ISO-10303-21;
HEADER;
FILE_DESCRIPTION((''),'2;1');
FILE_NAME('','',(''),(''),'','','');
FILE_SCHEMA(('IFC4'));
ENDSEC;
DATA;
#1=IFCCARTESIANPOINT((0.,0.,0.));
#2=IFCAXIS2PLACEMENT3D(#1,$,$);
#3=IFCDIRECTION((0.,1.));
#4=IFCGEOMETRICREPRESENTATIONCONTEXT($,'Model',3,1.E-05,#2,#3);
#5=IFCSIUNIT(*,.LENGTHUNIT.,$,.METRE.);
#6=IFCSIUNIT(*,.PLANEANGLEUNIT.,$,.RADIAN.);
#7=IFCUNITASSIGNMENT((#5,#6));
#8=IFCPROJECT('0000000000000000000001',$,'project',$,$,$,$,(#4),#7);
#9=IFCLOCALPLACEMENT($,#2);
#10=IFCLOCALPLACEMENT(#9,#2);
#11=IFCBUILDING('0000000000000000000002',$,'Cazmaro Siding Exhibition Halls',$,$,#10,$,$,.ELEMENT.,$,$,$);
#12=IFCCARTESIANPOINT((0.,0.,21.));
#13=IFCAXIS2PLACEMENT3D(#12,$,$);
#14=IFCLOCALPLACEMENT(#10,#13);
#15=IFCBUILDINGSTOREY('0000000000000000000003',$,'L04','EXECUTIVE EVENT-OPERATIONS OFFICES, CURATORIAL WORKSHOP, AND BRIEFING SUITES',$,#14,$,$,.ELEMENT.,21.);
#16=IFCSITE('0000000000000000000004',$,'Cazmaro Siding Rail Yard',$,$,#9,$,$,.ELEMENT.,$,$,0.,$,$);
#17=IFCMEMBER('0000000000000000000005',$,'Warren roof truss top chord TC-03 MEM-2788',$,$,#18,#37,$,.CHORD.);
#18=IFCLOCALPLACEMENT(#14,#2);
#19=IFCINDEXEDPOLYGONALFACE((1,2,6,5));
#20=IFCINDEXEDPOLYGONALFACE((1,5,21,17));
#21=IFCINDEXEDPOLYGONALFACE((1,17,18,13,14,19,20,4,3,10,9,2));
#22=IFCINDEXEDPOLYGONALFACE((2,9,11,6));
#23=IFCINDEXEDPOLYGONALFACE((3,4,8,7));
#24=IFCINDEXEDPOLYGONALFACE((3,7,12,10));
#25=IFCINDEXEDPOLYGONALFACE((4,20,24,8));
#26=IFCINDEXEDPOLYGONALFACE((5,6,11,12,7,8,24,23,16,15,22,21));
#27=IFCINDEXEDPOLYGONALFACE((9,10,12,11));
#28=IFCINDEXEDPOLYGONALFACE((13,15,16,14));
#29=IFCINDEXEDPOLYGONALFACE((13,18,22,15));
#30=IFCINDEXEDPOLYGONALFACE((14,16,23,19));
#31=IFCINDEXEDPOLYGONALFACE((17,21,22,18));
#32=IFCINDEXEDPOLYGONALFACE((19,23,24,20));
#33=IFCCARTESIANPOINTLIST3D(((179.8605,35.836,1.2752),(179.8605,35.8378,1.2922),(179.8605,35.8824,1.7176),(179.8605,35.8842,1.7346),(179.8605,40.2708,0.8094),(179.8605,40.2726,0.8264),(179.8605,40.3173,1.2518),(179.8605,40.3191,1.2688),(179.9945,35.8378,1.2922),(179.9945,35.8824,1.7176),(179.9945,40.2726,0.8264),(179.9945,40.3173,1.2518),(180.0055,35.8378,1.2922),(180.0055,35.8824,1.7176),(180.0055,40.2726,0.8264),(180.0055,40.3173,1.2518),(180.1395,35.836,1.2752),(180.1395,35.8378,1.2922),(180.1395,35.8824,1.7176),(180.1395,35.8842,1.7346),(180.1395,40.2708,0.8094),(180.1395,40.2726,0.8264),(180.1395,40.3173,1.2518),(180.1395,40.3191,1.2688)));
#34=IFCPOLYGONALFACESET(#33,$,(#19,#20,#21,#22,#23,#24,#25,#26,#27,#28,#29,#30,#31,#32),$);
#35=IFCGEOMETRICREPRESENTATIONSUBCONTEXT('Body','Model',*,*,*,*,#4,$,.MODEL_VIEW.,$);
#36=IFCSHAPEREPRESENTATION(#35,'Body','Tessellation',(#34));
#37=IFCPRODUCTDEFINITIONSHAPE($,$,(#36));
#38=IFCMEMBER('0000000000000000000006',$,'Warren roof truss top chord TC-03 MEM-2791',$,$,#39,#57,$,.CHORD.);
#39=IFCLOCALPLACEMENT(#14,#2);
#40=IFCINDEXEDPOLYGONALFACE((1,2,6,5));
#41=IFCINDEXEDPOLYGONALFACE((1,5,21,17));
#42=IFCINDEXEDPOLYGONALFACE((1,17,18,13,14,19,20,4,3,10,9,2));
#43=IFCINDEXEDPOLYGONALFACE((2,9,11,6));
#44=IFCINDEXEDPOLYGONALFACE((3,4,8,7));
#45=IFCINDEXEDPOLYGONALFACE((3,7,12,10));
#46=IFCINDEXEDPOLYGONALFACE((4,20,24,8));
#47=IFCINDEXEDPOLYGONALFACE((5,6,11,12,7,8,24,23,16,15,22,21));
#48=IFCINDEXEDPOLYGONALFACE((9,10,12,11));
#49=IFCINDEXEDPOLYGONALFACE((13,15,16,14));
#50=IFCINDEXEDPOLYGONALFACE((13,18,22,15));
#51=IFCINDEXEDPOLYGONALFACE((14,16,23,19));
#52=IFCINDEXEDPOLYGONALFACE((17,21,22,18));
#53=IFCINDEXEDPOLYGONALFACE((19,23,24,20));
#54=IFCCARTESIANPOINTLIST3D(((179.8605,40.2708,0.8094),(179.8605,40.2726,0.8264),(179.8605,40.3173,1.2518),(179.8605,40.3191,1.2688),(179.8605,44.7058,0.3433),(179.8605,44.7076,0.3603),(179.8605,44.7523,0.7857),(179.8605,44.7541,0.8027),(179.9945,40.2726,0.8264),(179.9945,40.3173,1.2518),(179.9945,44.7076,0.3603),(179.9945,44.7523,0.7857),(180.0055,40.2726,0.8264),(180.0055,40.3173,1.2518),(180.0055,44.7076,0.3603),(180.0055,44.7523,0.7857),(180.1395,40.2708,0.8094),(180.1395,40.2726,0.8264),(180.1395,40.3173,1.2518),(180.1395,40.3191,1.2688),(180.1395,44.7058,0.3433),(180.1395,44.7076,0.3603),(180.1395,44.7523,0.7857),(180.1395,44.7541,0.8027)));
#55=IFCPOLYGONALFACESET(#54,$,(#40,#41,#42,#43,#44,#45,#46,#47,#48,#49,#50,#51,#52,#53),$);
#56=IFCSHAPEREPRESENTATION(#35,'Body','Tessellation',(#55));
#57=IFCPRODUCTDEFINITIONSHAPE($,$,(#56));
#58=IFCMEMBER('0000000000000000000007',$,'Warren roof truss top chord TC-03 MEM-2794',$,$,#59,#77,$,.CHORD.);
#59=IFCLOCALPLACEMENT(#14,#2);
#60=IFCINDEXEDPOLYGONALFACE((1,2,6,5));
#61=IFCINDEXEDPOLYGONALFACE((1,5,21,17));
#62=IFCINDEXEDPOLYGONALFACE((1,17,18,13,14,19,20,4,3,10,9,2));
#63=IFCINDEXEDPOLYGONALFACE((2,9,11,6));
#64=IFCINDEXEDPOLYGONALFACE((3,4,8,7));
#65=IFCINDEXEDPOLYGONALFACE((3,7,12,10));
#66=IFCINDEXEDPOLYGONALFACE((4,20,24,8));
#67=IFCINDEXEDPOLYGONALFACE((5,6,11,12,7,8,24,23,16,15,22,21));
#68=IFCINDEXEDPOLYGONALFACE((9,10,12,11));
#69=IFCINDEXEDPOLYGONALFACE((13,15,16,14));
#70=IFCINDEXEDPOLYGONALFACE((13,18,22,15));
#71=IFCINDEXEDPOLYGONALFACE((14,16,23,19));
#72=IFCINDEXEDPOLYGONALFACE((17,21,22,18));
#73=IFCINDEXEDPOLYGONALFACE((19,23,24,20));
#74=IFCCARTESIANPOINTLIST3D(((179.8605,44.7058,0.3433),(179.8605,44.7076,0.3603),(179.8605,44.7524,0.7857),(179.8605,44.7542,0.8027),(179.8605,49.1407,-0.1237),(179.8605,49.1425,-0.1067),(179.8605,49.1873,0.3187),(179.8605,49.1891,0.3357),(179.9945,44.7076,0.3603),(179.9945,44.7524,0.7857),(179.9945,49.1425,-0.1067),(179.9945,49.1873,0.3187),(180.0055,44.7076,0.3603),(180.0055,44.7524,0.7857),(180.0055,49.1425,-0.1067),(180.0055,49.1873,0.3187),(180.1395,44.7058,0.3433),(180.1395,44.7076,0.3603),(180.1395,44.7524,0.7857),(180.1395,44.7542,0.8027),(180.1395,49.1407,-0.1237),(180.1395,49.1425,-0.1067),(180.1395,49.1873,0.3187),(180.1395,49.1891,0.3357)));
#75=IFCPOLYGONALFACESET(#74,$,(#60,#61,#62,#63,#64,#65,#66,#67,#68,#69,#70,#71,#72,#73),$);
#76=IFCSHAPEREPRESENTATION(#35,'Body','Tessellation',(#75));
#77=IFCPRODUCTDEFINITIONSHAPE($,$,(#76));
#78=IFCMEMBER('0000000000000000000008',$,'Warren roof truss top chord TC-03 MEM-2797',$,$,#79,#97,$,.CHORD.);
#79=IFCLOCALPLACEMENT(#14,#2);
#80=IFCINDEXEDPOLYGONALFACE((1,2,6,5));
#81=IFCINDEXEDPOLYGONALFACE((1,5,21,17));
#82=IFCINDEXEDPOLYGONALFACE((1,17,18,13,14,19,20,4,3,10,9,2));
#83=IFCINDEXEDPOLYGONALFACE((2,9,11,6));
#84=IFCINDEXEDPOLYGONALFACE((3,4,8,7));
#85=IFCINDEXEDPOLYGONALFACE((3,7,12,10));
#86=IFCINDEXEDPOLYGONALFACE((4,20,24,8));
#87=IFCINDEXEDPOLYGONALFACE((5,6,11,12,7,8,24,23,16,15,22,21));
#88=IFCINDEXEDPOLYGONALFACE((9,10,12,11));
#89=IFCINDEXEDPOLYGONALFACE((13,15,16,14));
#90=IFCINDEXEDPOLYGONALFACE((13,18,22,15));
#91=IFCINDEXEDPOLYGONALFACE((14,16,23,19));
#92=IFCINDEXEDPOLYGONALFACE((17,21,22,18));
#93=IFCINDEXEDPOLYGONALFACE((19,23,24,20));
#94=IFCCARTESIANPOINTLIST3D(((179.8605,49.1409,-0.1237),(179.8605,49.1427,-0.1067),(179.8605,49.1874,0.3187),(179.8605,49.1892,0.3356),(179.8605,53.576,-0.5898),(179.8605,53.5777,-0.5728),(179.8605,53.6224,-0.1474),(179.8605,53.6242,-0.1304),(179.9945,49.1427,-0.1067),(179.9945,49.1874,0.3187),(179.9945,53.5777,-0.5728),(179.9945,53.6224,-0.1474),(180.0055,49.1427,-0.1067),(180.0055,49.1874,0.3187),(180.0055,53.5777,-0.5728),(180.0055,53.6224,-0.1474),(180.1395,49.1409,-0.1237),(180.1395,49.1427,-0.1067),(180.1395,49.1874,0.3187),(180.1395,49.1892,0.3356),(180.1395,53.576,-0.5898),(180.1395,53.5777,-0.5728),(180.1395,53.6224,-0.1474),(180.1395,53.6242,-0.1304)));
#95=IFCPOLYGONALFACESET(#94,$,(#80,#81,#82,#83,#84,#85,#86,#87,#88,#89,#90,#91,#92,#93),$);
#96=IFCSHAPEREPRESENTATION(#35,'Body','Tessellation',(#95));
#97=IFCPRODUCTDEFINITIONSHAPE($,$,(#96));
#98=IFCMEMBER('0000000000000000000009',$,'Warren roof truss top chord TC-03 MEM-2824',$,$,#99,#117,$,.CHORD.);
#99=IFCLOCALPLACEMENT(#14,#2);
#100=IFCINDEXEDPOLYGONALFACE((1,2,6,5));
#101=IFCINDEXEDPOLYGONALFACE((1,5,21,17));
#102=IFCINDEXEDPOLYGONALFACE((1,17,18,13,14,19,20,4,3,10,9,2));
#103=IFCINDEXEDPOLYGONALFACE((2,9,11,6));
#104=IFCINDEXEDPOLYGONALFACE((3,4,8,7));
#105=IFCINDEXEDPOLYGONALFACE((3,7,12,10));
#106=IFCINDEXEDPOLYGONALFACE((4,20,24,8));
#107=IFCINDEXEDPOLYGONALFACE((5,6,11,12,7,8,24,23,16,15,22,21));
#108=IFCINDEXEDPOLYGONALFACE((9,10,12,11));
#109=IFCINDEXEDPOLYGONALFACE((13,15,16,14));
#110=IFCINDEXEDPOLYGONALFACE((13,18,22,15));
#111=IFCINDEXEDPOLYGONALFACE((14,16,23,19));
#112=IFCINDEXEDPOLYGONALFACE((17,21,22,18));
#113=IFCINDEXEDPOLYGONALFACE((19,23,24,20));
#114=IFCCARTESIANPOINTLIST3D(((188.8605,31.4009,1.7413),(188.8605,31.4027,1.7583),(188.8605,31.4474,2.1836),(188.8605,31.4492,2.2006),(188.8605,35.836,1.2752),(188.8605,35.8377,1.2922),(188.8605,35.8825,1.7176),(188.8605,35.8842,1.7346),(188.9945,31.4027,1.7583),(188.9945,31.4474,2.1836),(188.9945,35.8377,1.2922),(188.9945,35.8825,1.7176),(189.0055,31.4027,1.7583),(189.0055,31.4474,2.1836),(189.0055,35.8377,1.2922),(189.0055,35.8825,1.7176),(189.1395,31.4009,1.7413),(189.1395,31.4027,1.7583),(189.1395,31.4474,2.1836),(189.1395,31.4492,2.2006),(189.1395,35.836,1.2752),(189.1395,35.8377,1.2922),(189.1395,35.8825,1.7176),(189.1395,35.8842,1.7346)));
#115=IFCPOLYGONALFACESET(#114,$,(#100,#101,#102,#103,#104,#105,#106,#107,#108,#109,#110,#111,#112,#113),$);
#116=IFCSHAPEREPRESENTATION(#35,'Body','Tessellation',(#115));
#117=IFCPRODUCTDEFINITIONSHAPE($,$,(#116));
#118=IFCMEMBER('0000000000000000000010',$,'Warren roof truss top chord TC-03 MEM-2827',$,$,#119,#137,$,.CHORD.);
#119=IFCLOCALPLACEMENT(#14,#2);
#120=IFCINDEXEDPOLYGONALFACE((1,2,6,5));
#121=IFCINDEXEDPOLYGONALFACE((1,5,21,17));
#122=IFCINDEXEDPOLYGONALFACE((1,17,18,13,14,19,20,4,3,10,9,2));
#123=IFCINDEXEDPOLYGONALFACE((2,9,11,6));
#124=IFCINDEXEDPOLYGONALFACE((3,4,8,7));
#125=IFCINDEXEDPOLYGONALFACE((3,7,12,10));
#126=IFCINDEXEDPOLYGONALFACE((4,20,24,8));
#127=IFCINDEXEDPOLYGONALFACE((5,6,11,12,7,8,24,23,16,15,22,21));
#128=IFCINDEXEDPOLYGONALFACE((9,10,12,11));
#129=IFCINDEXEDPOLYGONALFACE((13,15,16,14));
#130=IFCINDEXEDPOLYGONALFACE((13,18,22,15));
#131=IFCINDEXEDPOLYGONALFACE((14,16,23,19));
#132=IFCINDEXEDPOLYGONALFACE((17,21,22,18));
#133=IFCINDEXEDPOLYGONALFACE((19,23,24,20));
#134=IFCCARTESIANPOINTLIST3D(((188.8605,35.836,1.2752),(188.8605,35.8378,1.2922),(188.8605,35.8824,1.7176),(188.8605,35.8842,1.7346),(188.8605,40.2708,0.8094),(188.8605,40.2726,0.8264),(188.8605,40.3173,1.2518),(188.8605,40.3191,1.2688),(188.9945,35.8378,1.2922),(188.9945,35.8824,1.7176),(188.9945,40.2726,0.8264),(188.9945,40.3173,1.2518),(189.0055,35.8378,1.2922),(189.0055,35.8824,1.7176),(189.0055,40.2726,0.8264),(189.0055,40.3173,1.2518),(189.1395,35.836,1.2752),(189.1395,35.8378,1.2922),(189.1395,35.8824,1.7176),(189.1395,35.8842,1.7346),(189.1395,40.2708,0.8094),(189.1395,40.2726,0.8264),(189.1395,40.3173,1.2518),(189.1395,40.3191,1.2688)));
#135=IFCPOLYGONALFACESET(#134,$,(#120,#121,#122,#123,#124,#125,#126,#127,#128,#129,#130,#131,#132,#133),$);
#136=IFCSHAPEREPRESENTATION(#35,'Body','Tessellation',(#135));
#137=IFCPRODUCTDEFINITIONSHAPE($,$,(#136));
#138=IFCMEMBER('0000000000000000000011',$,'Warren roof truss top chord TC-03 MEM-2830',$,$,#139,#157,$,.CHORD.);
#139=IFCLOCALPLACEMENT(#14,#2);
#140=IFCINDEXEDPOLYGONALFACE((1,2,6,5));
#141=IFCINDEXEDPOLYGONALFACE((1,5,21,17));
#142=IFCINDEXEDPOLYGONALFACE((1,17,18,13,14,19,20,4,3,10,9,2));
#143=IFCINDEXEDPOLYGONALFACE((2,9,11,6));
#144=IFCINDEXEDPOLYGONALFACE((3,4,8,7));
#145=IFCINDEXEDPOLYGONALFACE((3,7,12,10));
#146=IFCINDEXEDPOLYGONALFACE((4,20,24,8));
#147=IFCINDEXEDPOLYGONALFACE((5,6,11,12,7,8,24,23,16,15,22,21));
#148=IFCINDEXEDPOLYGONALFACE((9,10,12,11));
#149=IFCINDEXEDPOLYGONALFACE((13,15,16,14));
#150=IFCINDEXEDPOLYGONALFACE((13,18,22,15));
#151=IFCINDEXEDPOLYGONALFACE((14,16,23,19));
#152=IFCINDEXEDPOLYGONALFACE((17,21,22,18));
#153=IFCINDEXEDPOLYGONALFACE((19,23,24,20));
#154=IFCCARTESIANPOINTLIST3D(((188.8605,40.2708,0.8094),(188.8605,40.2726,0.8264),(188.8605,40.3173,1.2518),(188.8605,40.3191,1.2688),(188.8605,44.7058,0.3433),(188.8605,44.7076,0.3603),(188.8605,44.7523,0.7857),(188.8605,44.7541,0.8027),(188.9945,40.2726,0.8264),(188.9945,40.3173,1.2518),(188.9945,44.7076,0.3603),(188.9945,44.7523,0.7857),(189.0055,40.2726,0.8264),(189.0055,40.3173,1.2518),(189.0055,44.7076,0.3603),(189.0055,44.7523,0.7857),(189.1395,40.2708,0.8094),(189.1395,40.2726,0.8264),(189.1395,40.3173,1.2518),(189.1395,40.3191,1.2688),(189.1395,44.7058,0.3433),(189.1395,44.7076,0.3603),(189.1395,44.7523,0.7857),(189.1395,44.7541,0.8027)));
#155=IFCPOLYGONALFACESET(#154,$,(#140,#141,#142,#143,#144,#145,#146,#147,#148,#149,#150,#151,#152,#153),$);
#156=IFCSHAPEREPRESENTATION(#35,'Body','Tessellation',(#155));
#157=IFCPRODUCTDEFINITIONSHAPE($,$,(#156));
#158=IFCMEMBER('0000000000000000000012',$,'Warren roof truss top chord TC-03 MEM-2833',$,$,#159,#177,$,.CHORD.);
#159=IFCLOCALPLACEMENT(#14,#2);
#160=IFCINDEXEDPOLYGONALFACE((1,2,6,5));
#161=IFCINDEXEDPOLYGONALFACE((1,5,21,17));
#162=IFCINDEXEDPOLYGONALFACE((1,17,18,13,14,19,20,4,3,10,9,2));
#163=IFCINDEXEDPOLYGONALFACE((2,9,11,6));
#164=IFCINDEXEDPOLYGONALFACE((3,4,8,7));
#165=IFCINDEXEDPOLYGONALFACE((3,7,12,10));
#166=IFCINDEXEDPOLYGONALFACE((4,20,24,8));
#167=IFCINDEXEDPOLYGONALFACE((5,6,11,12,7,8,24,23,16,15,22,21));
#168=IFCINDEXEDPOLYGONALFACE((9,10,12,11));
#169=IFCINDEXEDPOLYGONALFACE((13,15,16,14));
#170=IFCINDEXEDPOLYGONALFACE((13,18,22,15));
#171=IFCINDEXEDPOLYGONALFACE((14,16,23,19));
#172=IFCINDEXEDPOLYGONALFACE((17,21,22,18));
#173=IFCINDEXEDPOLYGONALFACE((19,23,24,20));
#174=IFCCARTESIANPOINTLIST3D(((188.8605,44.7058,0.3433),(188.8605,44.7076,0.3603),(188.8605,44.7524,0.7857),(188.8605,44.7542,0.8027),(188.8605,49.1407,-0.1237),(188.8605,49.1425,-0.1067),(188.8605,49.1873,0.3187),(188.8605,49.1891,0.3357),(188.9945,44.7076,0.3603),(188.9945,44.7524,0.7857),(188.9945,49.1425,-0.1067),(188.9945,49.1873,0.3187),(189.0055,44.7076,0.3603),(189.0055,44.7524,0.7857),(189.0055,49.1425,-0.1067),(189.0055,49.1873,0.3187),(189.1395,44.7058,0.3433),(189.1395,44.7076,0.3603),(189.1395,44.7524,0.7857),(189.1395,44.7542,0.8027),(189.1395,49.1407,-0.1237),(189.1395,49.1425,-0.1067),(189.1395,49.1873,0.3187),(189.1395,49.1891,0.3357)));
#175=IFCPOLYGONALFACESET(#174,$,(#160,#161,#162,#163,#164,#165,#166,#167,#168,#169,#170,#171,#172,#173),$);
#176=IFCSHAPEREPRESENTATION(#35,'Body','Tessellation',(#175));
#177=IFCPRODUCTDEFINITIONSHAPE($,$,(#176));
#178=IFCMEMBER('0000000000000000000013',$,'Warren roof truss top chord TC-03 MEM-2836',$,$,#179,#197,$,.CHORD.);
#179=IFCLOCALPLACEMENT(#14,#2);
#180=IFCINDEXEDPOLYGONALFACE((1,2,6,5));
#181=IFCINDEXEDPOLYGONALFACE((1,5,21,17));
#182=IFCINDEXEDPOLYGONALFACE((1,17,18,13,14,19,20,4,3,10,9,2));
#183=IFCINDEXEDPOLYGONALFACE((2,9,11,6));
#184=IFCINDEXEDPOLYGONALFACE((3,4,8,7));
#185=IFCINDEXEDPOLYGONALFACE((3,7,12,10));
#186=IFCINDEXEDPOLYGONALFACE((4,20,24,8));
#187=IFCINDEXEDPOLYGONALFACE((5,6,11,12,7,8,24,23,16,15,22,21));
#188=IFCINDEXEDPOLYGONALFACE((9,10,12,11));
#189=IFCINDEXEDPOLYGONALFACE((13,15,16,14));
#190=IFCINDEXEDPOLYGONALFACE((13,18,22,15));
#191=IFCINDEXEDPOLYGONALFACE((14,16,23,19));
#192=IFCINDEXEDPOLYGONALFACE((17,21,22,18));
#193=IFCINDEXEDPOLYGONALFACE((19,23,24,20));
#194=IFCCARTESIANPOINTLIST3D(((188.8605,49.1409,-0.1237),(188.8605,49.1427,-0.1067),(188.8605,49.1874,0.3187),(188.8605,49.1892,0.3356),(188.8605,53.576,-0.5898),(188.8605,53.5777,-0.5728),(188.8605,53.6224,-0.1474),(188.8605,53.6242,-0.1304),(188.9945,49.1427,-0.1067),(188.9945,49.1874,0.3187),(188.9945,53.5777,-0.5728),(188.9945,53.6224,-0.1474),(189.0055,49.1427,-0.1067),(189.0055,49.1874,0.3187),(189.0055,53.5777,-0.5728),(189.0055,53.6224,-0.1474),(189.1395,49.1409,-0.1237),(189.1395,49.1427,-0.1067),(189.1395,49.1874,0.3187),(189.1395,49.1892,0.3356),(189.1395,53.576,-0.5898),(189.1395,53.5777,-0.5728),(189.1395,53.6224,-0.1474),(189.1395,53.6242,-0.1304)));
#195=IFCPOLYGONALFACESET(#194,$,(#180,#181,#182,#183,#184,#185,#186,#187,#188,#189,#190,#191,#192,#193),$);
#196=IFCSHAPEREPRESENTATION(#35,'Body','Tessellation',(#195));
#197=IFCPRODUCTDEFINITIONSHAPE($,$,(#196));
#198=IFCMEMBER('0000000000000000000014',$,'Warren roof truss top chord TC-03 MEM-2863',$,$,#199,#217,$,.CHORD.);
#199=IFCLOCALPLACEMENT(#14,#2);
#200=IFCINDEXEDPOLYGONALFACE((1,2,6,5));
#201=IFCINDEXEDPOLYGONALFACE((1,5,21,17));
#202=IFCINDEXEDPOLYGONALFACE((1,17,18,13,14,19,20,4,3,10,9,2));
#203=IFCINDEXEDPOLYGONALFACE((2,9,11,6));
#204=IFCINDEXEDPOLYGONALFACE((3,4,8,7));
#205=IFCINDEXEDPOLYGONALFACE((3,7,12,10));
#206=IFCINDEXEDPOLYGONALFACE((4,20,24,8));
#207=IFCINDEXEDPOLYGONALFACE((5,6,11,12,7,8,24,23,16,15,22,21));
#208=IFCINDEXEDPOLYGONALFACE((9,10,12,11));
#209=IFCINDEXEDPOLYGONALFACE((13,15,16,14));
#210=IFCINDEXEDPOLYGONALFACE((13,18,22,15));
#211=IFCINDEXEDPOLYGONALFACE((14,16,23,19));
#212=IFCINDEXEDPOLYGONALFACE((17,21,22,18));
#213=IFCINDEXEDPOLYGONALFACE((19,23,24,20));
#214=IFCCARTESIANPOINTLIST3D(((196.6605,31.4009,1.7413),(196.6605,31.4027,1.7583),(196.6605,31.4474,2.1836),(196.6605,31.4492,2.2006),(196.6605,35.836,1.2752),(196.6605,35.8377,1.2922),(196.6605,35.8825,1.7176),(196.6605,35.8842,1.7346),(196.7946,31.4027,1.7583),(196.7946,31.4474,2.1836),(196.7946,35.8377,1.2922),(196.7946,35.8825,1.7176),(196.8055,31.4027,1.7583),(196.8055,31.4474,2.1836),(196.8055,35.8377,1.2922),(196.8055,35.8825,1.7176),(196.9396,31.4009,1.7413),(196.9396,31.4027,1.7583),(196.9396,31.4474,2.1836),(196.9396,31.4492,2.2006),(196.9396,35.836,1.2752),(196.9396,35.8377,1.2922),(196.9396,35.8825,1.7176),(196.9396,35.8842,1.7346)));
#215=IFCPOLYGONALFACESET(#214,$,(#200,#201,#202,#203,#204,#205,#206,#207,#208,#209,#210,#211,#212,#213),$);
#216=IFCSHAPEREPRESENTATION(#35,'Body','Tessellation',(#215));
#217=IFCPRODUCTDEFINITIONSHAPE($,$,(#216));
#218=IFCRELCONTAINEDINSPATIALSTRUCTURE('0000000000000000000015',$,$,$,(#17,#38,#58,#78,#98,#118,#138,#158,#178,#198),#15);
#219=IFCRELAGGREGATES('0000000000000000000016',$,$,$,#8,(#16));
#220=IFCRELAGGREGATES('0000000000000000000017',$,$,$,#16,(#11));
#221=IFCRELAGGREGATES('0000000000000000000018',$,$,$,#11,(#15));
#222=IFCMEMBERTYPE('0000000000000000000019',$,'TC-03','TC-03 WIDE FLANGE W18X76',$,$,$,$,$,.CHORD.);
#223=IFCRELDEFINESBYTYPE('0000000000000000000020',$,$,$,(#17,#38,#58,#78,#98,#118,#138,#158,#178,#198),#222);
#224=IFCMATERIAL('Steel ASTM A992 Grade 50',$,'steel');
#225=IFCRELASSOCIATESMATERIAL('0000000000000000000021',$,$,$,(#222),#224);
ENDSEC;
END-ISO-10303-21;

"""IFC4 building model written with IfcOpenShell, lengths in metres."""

from ifc_helpers import new_model, si_unit, direction, frame, origin, origin_2d, place, context, subcontext, project, spatial, i_section, extrude, material, material_profile, profile_set, type_object, element, save


model = new_model("IFC4")

# Units and contexts
model_context = context("Model", 3, precision=1e-05, world=origin(), true_north=direction((0.0, 1.0)))
body_context = subcontext(model_context, "Body", "Model", "MODEL_VIEW")
ifc_project = project(units=[si_unit("LENGTHUNIT", "METRE"), si_unit("PLANEANGLEUNIT", "RADIAN")], contexts=[model_context])

# Site, building, storey
site_placement = place(None, origin())
site = spatial("IfcSite", under=ifc_project, at=site_placement, Name="Cazmaro Siding Rail Yard", CompositionType="ELEMENT", RefElevation=0.0)
building_placement = place(site_placement, origin())
building = spatial("IfcBuilding", under=site, at=building_placement, Name="Cazmaro Siding Exhibition Halls", CompositionType="ELEMENT")
storey_placement = place(building_placement, frame((0.0, 0.0, 21.0)))
storey = spatial("IfcBuildingStorey", under=building, at=storey_placement, Name="L04", Description="EXECUTIVE EVENT-OPERATIONS OFFICES, CURATORIAL WORKSHOP, AND BRIEFING SUITES", CompositionType="ELEMENT", Elevation=21.0)

# Members
ifc_material_1 = material(Name="Steel ASTM A992 Grade 50", Category="steel")
ifc_material_profile_1 = material_profile(ifc_material_1, i_section(OverallWidth=0.2791, OverallDepth=0.4619, WebThickness=0.011, FlangeThickness=0.0171, at=origin_2d()), Name="W18X76")
ifc_profile_set_1 = profile_set([ifc_material_profile_1], Name="Steel ASTM A992 Grade 50")
member_type_1 = type_object("IfcMemberType", Name="TC-03", Description="TC-03 WIDE FLANGE W18X76", PredefinedType="CHORD", material=ifc_profile_set_1)
member_1_placement = place(storey_placement, frame((180.0, 35.8601, 1.5049), z_axis=(0.0, 0.994529, -0.104462), x_axis=(-1.0, 0.0, 0.0)))
element("IfcMember", 1, at=member_1_placement, inside=storey, type_object=member_type_1, Name="Warren roof truss top chord TC-03 MEM-2788", PredefinedType="CHORD", context=body_context, shape_type="SweptSolid", body=[
    extrude(i_section(OverallWidth=0.2791, OverallDepth=0.4619, WebThickness=0.011, FlangeThickness=0.0171, at=origin_2d()), origin(), (0.0, 0.0, 1.0), 4.4592),
])
for number, where, z_axis, x_axis, name in (
    (2, (180.0, 40.2949, 1.0391), (0.0, 0.994524, -0.104511), (-1.0, 0.0, 0.0), "Warren roof truss top chord TC-03 MEM-2791"),
    (3, (180.0, 44.73, 0.573), (0.0, 0.994501, -0.104728), (-1.0, 0.0, 0.0), "Warren roof truss top chord TC-03 MEM-2794"),
    (4, (180.0, 49.165, 0.106), (0.0, 0.994524, -0.104511), (-1.0, 0.0, 0.0), "Warren roof truss top chord TC-03 MEM-2797"),
    (5, (189.0, 31.425, 1.9709), (0.0, 0.994524, -0.104511), (-1.0, 0.0, 0.0), "Warren roof truss top chord TC-03 MEM-2824"),
):
    element("IfcMember", number, at=place(storey_placement, frame(where, z_axis=z_axis, x_axis=x_axis)), inside=storey, type_object=member_type_1, Name=name, PredefinedType="CHORD", context=body_context, shape_type="SweptSolid", body=[
        extrude(i_section(OverallWidth=0.2791, OverallDepth=0.4619, WebThickness=0.011, FlangeThickness=0.0171, at=origin_2d()), origin(), (0.0, 0.0, 1.0), 4.4595),
    ])
member_2_placement = place(storey_placement, frame((189.0, 35.8601, 1.5049), z_axis=(0.0, 0.994529, -0.104462), x_axis=(-1.0, 0.0, 0.0)))
element("IfcMember", 6, at=member_2_placement, inside=storey, type_object=member_type_1, Name="Warren roof truss top chord TC-03 MEM-2827", PredefinedType="CHORD", context=body_context, shape_type="SweptSolid", body=[
    extrude(i_section(OverallWidth=0.2791, OverallDepth=0.4619, WebThickness=0.011, FlangeThickness=0.0171, at=origin_2d()), origin(), (0.0, 0.0, 1.0), 4.4592),
])
for number, where, z_axis, x_axis, name in (
    (7, (189.0, 40.2949, 1.0391), (0.0, 0.994524, -0.104511), (-1.0, 0.0, 0.0), "Warren roof truss top chord TC-03 MEM-2830"),
    (8, (189.0, 44.73, 0.573), (0.0, 0.994501, -0.104728), (-1.0, 0.0, 0.0), "Warren roof truss top chord TC-03 MEM-2833"),
    (9, (189.0, 49.165, 0.106), (0.0, 0.994524, -0.104511), (-1.0, 0.0, 0.0), "Warren roof truss top chord TC-03 MEM-2836"),
    (10, (196.8, 31.425, 1.9709), (0.0, 0.994524, -0.104511), (-1.0, 0.0, 0.0), "Warren roof truss top chord TC-03 MEM-2863"),
):
    element("IfcMember", number, at=place(storey_placement, frame(where, z_axis=z_axis, x_axis=x_axis)), inside=storey, type_object=member_type_1, Name=name, PredefinedType="CHORD", context=body_context, shape_type="SweptSolid", body=[
        extrude(i_section(OverallWidth=0.2791, OverallDepth=0.4619, WebThickness=0.011, FlangeThickness=0.0171, at=origin_2d()), origin(), (0.0, 0.0, 1.0), 4.4595),
    ])

save(model, "model.ifc")
